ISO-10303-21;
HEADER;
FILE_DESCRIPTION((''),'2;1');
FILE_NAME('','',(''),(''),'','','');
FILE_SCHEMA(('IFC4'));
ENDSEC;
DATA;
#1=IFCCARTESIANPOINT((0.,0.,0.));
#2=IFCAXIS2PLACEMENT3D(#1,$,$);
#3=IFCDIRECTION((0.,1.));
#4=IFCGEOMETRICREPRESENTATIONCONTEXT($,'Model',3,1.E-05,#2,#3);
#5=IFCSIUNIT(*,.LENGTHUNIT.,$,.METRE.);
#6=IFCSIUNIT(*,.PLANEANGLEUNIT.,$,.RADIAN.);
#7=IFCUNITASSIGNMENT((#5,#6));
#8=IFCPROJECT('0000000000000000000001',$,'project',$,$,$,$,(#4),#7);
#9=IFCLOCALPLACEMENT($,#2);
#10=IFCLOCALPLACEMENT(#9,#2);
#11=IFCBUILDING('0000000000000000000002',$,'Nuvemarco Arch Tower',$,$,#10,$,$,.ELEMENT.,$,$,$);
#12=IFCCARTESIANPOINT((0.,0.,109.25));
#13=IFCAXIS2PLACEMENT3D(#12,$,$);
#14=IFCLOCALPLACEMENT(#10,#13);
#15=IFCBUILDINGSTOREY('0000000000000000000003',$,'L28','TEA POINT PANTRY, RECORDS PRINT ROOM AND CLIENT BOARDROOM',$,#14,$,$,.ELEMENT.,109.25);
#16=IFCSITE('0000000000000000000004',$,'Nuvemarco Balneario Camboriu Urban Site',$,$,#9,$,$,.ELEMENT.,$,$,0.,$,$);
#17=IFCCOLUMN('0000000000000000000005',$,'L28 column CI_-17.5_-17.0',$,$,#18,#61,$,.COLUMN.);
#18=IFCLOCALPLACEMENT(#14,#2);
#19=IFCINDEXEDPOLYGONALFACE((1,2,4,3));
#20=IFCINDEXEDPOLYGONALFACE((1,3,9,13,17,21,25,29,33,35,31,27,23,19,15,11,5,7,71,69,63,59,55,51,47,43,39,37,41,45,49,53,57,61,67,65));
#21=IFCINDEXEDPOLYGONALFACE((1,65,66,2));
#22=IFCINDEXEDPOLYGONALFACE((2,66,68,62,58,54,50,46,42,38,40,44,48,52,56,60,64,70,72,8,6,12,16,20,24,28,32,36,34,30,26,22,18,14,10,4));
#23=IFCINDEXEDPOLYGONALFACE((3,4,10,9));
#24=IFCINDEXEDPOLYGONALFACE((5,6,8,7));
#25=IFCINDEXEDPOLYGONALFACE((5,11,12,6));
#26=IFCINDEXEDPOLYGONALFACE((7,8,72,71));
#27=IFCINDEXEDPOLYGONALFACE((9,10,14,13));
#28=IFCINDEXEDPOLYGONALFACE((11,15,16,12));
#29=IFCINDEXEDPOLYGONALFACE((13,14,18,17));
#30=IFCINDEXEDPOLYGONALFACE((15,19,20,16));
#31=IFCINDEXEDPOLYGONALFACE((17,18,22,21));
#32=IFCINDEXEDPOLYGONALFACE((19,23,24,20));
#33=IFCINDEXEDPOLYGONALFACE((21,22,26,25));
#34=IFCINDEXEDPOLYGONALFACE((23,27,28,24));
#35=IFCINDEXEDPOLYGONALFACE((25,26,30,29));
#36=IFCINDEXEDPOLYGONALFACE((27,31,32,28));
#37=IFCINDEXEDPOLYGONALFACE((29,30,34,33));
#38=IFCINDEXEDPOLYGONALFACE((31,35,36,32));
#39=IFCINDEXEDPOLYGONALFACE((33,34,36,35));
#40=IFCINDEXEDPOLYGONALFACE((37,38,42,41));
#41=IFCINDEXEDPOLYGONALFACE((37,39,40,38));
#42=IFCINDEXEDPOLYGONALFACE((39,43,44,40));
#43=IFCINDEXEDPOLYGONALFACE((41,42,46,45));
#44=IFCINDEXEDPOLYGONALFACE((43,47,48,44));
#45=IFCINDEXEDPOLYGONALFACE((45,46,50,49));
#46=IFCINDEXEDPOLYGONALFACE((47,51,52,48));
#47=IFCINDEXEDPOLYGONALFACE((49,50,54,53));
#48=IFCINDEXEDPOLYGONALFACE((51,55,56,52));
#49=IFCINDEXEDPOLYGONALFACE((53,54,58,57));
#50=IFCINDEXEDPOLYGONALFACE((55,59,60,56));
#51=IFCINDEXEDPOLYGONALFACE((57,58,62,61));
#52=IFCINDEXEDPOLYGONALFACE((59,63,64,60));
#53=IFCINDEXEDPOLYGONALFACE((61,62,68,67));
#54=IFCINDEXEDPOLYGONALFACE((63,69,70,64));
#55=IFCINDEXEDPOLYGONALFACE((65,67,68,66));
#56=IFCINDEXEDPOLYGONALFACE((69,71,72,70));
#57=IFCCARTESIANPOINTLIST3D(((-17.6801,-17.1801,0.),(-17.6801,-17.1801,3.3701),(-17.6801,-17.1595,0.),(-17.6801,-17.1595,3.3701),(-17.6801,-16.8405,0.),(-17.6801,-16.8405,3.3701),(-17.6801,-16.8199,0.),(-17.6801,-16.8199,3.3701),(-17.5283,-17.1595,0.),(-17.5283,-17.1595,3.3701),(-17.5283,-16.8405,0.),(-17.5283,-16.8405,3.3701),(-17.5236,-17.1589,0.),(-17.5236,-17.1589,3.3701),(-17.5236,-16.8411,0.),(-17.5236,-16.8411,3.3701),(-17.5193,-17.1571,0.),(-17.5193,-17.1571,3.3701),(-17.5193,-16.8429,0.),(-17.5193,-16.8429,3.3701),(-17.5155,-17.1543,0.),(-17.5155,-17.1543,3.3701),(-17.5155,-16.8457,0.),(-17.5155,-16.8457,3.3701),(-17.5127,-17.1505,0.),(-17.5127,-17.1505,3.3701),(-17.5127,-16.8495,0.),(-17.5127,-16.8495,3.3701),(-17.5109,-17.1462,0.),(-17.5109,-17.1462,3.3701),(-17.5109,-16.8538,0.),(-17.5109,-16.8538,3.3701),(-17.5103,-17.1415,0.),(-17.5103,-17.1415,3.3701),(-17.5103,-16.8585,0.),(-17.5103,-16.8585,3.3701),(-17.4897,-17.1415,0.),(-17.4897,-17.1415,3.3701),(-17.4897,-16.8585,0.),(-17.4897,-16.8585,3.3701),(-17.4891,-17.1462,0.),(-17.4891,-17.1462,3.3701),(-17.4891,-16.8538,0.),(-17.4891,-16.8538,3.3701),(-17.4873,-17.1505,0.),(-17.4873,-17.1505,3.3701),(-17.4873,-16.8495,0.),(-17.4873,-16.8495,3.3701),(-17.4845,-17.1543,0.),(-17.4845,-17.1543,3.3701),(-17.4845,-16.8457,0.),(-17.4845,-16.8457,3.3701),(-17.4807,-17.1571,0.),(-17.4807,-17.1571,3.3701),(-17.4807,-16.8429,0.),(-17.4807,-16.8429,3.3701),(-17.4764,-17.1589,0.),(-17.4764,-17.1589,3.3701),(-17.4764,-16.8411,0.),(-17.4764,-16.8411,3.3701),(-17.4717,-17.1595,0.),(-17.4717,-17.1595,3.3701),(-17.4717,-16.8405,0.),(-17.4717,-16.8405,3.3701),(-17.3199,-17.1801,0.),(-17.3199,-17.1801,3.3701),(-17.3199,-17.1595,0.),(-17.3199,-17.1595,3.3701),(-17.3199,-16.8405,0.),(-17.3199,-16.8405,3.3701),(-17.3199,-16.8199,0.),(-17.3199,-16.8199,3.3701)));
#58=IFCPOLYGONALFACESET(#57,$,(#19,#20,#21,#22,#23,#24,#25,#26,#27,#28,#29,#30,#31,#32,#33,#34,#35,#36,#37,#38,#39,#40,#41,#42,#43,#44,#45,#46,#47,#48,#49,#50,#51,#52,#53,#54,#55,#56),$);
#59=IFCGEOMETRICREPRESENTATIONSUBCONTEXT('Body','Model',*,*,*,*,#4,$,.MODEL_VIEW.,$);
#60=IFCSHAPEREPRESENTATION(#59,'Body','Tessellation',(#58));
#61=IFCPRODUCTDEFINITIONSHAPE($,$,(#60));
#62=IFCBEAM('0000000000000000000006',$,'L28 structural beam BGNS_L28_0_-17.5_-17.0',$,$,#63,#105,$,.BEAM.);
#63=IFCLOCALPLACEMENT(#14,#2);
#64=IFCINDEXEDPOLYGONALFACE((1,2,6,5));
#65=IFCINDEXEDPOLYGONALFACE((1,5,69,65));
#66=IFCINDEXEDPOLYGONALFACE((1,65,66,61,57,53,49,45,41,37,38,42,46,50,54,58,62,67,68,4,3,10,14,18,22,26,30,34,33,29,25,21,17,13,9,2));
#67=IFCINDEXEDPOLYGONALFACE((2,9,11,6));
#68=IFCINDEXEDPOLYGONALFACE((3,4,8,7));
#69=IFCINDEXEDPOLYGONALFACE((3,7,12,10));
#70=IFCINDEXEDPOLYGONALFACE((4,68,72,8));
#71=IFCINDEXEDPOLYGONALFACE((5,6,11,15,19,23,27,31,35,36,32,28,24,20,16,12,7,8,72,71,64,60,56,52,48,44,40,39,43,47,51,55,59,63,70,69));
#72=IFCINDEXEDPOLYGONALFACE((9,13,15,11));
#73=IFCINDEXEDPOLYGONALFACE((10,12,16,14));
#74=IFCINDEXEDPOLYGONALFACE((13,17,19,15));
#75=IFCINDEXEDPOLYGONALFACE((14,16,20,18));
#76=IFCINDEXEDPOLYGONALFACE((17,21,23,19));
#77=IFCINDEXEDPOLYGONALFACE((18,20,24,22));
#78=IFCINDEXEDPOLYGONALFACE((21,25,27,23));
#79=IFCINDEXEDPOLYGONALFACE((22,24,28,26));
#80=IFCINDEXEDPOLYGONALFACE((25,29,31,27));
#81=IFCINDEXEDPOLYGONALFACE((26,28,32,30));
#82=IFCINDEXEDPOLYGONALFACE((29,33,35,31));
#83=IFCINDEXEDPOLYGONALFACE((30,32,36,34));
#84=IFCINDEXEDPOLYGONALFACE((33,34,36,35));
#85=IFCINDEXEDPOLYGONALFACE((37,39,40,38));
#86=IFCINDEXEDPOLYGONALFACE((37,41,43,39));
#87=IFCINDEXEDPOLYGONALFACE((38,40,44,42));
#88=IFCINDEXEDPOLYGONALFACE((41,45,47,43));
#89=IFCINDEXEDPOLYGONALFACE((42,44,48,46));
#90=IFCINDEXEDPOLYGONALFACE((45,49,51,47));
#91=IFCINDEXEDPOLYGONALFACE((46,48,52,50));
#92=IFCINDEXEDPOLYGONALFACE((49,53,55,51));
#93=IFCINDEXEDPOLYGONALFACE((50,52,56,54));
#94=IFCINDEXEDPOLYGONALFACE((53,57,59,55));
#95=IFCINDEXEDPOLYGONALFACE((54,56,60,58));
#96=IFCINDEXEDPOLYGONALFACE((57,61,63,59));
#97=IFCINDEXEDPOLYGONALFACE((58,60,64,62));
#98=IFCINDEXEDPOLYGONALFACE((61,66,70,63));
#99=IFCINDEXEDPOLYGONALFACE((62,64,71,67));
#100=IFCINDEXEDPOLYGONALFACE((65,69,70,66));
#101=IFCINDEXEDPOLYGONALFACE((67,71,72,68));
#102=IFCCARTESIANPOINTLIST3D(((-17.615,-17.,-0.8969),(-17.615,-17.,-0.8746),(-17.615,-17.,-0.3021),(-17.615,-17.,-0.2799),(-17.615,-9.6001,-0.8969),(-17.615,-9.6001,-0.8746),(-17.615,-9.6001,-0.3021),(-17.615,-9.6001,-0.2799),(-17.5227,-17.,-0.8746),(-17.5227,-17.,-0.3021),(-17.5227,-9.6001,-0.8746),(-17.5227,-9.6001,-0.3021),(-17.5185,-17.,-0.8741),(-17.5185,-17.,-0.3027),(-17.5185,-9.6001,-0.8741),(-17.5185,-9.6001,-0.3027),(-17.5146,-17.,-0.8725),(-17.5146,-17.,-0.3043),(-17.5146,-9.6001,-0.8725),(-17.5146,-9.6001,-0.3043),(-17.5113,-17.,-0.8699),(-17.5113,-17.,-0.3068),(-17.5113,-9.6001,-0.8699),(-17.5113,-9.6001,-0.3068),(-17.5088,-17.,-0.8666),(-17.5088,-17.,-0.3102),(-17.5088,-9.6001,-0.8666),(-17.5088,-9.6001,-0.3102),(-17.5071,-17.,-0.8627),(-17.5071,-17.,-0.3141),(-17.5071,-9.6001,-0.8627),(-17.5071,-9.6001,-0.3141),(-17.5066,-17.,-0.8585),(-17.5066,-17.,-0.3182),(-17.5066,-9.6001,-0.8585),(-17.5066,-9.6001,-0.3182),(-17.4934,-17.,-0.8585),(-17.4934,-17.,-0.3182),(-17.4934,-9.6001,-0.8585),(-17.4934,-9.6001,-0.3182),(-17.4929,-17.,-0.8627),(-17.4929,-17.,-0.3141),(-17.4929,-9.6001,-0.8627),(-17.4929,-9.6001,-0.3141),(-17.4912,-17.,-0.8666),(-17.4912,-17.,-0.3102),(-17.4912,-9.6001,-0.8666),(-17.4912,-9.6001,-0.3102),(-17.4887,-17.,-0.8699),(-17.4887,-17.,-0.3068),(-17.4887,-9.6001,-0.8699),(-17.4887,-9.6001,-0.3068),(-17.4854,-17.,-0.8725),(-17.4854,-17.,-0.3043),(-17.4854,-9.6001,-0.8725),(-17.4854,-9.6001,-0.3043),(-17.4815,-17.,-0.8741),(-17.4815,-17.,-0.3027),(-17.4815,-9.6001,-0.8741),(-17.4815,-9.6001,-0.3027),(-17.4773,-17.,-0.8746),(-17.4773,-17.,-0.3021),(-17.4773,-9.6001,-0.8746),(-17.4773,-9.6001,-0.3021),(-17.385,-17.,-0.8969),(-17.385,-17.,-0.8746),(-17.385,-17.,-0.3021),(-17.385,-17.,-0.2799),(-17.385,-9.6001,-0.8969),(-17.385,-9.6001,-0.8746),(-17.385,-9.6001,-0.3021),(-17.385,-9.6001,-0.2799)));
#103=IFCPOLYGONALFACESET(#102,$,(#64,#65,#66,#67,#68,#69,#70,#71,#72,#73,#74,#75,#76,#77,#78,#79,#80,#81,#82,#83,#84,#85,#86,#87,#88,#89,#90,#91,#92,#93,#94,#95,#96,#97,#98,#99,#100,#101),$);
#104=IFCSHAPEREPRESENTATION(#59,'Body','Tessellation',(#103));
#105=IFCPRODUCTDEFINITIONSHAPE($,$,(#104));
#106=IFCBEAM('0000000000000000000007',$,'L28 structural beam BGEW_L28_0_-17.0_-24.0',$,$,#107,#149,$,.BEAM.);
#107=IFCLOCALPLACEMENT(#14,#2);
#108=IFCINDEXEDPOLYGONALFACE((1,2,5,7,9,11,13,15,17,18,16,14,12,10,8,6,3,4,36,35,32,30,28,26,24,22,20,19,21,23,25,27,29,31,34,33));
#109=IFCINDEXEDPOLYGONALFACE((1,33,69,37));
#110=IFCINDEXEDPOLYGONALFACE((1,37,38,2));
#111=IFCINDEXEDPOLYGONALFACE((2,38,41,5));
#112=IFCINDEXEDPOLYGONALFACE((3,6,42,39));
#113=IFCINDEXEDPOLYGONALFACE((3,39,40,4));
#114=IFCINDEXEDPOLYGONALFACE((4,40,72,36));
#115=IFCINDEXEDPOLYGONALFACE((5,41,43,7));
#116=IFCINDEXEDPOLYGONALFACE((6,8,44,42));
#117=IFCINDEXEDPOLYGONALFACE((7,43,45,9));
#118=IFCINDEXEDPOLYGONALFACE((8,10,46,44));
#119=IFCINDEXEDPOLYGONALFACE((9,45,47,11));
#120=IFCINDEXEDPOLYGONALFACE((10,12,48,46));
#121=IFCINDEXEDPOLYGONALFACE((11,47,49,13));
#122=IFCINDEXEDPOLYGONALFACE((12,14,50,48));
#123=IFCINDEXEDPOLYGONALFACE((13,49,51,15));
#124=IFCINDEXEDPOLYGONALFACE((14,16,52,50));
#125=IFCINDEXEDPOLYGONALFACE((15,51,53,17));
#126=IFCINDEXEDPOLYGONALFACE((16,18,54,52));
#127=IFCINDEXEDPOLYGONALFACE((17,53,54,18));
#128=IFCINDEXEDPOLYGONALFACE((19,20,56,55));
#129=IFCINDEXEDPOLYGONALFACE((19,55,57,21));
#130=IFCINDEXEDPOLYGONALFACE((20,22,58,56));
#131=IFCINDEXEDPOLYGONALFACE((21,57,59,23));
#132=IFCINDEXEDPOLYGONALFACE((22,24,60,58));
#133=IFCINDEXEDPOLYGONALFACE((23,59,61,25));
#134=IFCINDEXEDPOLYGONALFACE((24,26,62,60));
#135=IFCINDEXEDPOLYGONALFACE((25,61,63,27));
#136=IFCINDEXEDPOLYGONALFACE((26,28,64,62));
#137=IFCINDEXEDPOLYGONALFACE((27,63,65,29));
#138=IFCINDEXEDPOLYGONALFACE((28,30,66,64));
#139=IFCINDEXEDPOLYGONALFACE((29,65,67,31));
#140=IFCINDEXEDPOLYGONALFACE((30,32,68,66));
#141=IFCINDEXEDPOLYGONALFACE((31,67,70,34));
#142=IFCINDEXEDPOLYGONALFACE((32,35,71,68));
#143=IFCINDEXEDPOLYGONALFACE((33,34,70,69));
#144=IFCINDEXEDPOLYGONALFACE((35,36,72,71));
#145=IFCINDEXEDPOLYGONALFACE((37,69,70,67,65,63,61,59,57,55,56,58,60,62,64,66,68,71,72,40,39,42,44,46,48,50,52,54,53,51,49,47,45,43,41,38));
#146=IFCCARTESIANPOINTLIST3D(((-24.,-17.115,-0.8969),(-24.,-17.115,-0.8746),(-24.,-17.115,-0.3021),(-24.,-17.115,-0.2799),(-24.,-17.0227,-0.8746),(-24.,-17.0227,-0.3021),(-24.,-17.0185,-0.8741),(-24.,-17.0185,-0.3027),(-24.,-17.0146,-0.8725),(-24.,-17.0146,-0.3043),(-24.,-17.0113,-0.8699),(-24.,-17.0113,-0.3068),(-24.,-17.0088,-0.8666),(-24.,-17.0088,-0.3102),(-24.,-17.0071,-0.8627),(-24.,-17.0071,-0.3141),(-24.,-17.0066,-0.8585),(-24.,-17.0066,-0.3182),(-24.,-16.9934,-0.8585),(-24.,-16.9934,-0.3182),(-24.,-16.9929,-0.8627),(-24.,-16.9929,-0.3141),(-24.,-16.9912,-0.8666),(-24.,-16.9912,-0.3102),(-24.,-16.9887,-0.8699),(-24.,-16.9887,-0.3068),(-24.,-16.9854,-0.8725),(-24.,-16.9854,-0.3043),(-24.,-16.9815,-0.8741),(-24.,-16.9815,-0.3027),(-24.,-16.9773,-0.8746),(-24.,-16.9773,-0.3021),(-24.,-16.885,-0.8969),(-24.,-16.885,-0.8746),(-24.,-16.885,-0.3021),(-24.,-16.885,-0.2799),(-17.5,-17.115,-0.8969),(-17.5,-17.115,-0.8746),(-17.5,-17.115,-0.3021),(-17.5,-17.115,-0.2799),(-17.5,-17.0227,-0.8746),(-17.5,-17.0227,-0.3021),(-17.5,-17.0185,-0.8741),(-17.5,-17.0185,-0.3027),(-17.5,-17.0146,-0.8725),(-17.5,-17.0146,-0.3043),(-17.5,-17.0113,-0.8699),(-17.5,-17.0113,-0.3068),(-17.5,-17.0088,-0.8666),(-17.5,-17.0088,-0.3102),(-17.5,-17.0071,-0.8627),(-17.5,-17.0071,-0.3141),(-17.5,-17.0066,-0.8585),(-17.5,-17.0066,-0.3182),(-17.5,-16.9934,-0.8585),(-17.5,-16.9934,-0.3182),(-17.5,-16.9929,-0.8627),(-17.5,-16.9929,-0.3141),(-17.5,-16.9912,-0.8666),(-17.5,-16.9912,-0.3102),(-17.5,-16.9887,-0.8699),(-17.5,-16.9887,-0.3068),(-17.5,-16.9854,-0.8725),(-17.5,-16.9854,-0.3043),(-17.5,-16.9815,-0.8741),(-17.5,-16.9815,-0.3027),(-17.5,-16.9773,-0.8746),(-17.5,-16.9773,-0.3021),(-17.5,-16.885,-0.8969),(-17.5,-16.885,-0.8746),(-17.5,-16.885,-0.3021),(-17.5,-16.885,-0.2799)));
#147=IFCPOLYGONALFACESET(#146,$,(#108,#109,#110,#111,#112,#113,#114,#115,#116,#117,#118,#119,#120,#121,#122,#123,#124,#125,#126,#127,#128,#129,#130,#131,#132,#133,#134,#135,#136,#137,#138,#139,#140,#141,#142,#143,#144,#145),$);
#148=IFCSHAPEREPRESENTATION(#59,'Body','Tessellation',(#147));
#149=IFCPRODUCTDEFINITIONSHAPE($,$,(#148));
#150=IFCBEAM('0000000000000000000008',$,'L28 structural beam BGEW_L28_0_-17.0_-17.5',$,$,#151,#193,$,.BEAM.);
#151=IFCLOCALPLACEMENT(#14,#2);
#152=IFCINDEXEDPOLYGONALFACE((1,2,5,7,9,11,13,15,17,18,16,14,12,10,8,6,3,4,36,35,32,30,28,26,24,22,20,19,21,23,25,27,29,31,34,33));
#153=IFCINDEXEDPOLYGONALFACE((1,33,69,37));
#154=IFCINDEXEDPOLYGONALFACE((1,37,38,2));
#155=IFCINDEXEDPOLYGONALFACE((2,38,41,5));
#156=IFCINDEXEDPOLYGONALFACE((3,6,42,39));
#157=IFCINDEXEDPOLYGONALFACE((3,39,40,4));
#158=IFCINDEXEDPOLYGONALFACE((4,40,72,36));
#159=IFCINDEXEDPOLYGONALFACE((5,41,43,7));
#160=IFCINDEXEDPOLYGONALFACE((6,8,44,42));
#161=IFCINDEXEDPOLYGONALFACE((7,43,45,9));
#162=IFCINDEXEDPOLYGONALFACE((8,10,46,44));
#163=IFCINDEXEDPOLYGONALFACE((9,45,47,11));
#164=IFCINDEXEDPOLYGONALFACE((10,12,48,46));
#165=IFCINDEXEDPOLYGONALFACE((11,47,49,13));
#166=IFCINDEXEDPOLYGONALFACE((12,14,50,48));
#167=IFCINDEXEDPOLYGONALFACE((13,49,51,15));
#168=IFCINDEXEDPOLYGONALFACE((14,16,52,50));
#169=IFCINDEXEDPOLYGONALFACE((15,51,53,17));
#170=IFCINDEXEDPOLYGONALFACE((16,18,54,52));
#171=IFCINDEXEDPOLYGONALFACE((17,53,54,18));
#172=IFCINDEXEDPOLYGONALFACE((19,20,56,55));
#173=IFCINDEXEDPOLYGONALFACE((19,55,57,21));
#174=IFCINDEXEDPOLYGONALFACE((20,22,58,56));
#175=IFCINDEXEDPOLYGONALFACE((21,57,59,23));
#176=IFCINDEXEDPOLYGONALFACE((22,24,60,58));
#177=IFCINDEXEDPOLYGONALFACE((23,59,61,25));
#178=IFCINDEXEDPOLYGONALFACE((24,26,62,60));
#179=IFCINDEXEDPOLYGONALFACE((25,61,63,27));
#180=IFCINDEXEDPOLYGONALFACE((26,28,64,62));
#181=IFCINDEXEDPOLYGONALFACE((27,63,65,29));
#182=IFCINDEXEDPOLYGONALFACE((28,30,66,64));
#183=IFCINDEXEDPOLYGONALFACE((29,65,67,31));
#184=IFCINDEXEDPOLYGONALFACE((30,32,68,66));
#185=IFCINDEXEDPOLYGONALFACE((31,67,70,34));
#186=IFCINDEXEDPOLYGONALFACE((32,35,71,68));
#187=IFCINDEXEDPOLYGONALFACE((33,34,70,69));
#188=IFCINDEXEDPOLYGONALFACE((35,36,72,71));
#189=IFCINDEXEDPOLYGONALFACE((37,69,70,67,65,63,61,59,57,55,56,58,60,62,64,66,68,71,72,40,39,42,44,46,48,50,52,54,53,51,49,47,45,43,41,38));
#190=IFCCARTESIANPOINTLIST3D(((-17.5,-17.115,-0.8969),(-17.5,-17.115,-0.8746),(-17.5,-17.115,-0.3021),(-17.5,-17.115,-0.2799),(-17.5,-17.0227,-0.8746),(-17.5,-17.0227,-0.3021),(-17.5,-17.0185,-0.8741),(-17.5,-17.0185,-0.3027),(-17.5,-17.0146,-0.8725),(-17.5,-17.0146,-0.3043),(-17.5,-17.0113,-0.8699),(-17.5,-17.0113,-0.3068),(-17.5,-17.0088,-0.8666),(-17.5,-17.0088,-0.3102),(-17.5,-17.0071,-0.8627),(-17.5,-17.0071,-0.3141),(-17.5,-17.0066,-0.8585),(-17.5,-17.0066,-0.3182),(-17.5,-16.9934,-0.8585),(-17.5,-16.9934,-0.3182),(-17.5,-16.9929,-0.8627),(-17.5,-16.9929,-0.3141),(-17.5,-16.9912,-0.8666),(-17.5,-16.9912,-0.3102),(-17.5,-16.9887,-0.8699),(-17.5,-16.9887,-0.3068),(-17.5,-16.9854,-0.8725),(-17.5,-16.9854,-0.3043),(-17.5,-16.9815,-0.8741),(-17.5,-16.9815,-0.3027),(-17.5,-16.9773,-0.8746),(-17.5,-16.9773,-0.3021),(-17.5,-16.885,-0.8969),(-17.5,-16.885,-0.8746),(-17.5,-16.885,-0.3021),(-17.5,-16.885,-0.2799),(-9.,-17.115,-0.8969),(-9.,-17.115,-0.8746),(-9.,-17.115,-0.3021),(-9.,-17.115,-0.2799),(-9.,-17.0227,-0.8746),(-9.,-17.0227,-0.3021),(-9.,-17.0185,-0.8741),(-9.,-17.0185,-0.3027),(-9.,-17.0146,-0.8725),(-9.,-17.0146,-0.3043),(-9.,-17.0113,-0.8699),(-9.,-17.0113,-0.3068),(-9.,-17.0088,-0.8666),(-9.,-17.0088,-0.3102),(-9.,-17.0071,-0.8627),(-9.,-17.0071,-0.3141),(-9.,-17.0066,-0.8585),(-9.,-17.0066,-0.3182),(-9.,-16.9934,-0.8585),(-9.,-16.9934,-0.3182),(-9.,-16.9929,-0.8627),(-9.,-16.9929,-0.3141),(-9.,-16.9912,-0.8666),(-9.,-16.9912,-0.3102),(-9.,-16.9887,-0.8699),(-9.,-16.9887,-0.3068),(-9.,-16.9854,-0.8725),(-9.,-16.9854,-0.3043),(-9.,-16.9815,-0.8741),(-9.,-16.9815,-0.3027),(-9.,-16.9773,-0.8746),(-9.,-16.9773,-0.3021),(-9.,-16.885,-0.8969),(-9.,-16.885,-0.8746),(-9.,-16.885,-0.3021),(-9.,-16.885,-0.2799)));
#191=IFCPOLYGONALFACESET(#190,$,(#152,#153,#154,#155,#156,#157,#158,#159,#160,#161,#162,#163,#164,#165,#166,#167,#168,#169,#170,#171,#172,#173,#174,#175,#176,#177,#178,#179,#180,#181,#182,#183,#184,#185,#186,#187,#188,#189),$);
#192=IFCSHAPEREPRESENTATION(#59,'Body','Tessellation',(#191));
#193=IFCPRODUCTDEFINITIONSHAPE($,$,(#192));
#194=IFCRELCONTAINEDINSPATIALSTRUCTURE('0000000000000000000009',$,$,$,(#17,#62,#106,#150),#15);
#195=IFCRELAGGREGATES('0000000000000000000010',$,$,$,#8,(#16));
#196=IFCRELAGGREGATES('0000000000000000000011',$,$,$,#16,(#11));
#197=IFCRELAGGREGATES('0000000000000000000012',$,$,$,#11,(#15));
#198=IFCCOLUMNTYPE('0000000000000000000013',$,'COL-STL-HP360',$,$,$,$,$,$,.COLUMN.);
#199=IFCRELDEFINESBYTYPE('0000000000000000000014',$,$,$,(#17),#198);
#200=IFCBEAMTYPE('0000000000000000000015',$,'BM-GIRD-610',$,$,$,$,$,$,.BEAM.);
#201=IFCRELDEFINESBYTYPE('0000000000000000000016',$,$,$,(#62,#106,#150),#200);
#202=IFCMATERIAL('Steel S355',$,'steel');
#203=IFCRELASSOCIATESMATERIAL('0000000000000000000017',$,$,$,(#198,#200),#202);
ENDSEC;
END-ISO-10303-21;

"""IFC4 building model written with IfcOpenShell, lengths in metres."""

from ifc_helpers import new_model, si_unit, direction, frame, origin, origin_2d, place, context, subcontext, project, spatial, i_section, extrude, material, material_profile, profile_set, type_object, element, save


model = new_model("IFC4")

# Units and contexts
model_context = context("Model", 3, precision=1e-05, world=origin(), true_north=direction((0.0, 1.0)))
body_context = subcontext(model_context, "Body", "Model", "MODEL_VIEW")
ifc_project = project(units=[si_unit("LENGTHUNIT", "METRE"), si_unit("PLANEANGLEUNIT", "RADIAN")], contexts=[model_context])

# Site, building, storey
site_placement = place(None, origin())
site = spatial("IfcSite", under=ifc_project, at=site_placement, Name="Nuvemarco Balneario Camboriu Urban Site", CompositionType="ELEMENT", RefElevation=0.0)
building_placement = place(site_placement, origin())
building = spatial("IfcBuilding", under=site, at=building_placement, Name="Nuvemarco Arch Tower", CompositionType="ELEMENT")
storey_placement = place(building_placement, frame((0.0, 0.0, 109.25)))
storey = spatial("IfcBuildingStorey", under=building, at=storey_placement, Name="L28", Description="TEA POINT PANTRY, RECORDS PRINT ROOM AND CLIENT BOARDROOM", CompositionType="ELEMENT", Elevation=109.25)

# Column
ifc_material_1 = material(Name="Steel S355", Category="steel")
ifc_material_profile_1 = material_profile(ifc_material_1, i_section(OverallWidth=0.3601, OverallDepth=0.3601, WebThickness=0.0205, FlangeThickness=0.0205, FilletRadius=0.0181, at=origin_2d()), Name="HP360x174")
ifc_profile_set_1 = profile_set([ifc_material_profile_1], Name="Steel S355")
column_type = type_object("IfcColumnType", Name="COL-STL-HP360", PredefinedType="COLUMN", material=ifc_profile_set_1)
column_placement = place(storey_placement, frame((-17.5, -17.0, 0.0), z_axis=(0.0, 0.0, 1.0), x_axis=(1.0, 0.0, 0.0)))
element("IfcColumn", 1, at=column_placement, inside=storey, type_object=column_type, Name="L28 column CI_-17.5_-17.0", PredefinedType="COLUMN", context=body_context, shape_type="SweptSolid", body=[
    extrude(i_section(OverallWidth=0.3601, OverallDepth=0.3601, WebThickness=0.0205, FlangeThickness=0.0205, FilletRadius=0.0181, at=origin_2d()), origin(), (0.0, 0.0, 1.0), 3.3701),
])

# Beams
ifc_material_profile_2 = material_profile(ifc_material_1, i_section(OverallWidth=0.23, OverallDepth=0.6169, WebThickness=0.0132, FlangeThickness=0.0222, FilletRadius=0.0161, at=origin_2d()), Name="W610x140")
ifc_profile_set_2 = profile_set([ifc_material_profile_2], Name="Steel S355")
beam_type_1 = type_object("IfcBeamType", Name="BM-GIRD-610", PredefinedType="BEAM", material=ifc_profile_set_2)
beam_1_placement = place(storey_placement, frame((-17.5, -17.0, -0.5884), z_axis=(0.0, 1.0, 0.0), x_axis=(-1.0, 0.0, 0.0)))
element("IfcBeam", 2, at=beam_1_placement, inside=storey, type_object=beam_type_1, Name="L28 structural beam BGNS_L28_0_-17.5_-17.0", PredefinedType="BEAM", context=body_context, shape_type="SweptSolid", body=[
    extrude(i_section(OverallWidth=0.23, OverallDepth=0.6169, WebThickness=0.0132, FlangeThickness=0.0222, FilletRadius=0.0161, at=origin_2d()), origin(), (0.0, 0.0, 1.0), 7.3999),
])
beam_2_placement = place(storey_placement, frame((-24.0, -17.0, -0.5884), z_axis=(1.0, 0.0, 0.0), x_axis=(0.0, 1.0, 0.0)))
element("IfcBeam", 3, at=beam_2_placement, inside=storey, type_object=beam_type_1, Name="L28 structural beam BGEW_L28_0_-17.0_-24.0", PredefinedType="BEAM", context=body_context, shape_type="SweptSolid", body=[
    extrude(i_section(OverallWidth=0.23, OverallDepth=0.6169, WebThickness=0.0132, FlangeThickness=0.0222, FilletRadius=0.0161, at=origin_2d()), origin(), (0.0, 0.0, 1.0), 6.5),
])
beam_3_placement = place(storey_placement, frame((-17.5, -17.0, -0.5884), z_axis=(1.0, 0.0, 0.0), x_axis=(0.0, 1.0, 0.0)))
element("IfcBeam", 4, at=beam_3_placement, inside=storey, type_object=beam_type_1, Name="L28 structural beam BGEW_L28_0_-17.0_-17.5", PredefinedType="BEAM", context=body_context, shape_type="SweptSolid", body=[
    extrude(i_section(OverallWidth=0.23, OverallDepth=0.6169, WebThickness=0.0132, FlangeThickness=0.0222, FilletRadius=0.0161, at=origin_2d()), origin(), (0.0, 0.0, 1.0), 8.5),
])

save(model, "model.ifc")
